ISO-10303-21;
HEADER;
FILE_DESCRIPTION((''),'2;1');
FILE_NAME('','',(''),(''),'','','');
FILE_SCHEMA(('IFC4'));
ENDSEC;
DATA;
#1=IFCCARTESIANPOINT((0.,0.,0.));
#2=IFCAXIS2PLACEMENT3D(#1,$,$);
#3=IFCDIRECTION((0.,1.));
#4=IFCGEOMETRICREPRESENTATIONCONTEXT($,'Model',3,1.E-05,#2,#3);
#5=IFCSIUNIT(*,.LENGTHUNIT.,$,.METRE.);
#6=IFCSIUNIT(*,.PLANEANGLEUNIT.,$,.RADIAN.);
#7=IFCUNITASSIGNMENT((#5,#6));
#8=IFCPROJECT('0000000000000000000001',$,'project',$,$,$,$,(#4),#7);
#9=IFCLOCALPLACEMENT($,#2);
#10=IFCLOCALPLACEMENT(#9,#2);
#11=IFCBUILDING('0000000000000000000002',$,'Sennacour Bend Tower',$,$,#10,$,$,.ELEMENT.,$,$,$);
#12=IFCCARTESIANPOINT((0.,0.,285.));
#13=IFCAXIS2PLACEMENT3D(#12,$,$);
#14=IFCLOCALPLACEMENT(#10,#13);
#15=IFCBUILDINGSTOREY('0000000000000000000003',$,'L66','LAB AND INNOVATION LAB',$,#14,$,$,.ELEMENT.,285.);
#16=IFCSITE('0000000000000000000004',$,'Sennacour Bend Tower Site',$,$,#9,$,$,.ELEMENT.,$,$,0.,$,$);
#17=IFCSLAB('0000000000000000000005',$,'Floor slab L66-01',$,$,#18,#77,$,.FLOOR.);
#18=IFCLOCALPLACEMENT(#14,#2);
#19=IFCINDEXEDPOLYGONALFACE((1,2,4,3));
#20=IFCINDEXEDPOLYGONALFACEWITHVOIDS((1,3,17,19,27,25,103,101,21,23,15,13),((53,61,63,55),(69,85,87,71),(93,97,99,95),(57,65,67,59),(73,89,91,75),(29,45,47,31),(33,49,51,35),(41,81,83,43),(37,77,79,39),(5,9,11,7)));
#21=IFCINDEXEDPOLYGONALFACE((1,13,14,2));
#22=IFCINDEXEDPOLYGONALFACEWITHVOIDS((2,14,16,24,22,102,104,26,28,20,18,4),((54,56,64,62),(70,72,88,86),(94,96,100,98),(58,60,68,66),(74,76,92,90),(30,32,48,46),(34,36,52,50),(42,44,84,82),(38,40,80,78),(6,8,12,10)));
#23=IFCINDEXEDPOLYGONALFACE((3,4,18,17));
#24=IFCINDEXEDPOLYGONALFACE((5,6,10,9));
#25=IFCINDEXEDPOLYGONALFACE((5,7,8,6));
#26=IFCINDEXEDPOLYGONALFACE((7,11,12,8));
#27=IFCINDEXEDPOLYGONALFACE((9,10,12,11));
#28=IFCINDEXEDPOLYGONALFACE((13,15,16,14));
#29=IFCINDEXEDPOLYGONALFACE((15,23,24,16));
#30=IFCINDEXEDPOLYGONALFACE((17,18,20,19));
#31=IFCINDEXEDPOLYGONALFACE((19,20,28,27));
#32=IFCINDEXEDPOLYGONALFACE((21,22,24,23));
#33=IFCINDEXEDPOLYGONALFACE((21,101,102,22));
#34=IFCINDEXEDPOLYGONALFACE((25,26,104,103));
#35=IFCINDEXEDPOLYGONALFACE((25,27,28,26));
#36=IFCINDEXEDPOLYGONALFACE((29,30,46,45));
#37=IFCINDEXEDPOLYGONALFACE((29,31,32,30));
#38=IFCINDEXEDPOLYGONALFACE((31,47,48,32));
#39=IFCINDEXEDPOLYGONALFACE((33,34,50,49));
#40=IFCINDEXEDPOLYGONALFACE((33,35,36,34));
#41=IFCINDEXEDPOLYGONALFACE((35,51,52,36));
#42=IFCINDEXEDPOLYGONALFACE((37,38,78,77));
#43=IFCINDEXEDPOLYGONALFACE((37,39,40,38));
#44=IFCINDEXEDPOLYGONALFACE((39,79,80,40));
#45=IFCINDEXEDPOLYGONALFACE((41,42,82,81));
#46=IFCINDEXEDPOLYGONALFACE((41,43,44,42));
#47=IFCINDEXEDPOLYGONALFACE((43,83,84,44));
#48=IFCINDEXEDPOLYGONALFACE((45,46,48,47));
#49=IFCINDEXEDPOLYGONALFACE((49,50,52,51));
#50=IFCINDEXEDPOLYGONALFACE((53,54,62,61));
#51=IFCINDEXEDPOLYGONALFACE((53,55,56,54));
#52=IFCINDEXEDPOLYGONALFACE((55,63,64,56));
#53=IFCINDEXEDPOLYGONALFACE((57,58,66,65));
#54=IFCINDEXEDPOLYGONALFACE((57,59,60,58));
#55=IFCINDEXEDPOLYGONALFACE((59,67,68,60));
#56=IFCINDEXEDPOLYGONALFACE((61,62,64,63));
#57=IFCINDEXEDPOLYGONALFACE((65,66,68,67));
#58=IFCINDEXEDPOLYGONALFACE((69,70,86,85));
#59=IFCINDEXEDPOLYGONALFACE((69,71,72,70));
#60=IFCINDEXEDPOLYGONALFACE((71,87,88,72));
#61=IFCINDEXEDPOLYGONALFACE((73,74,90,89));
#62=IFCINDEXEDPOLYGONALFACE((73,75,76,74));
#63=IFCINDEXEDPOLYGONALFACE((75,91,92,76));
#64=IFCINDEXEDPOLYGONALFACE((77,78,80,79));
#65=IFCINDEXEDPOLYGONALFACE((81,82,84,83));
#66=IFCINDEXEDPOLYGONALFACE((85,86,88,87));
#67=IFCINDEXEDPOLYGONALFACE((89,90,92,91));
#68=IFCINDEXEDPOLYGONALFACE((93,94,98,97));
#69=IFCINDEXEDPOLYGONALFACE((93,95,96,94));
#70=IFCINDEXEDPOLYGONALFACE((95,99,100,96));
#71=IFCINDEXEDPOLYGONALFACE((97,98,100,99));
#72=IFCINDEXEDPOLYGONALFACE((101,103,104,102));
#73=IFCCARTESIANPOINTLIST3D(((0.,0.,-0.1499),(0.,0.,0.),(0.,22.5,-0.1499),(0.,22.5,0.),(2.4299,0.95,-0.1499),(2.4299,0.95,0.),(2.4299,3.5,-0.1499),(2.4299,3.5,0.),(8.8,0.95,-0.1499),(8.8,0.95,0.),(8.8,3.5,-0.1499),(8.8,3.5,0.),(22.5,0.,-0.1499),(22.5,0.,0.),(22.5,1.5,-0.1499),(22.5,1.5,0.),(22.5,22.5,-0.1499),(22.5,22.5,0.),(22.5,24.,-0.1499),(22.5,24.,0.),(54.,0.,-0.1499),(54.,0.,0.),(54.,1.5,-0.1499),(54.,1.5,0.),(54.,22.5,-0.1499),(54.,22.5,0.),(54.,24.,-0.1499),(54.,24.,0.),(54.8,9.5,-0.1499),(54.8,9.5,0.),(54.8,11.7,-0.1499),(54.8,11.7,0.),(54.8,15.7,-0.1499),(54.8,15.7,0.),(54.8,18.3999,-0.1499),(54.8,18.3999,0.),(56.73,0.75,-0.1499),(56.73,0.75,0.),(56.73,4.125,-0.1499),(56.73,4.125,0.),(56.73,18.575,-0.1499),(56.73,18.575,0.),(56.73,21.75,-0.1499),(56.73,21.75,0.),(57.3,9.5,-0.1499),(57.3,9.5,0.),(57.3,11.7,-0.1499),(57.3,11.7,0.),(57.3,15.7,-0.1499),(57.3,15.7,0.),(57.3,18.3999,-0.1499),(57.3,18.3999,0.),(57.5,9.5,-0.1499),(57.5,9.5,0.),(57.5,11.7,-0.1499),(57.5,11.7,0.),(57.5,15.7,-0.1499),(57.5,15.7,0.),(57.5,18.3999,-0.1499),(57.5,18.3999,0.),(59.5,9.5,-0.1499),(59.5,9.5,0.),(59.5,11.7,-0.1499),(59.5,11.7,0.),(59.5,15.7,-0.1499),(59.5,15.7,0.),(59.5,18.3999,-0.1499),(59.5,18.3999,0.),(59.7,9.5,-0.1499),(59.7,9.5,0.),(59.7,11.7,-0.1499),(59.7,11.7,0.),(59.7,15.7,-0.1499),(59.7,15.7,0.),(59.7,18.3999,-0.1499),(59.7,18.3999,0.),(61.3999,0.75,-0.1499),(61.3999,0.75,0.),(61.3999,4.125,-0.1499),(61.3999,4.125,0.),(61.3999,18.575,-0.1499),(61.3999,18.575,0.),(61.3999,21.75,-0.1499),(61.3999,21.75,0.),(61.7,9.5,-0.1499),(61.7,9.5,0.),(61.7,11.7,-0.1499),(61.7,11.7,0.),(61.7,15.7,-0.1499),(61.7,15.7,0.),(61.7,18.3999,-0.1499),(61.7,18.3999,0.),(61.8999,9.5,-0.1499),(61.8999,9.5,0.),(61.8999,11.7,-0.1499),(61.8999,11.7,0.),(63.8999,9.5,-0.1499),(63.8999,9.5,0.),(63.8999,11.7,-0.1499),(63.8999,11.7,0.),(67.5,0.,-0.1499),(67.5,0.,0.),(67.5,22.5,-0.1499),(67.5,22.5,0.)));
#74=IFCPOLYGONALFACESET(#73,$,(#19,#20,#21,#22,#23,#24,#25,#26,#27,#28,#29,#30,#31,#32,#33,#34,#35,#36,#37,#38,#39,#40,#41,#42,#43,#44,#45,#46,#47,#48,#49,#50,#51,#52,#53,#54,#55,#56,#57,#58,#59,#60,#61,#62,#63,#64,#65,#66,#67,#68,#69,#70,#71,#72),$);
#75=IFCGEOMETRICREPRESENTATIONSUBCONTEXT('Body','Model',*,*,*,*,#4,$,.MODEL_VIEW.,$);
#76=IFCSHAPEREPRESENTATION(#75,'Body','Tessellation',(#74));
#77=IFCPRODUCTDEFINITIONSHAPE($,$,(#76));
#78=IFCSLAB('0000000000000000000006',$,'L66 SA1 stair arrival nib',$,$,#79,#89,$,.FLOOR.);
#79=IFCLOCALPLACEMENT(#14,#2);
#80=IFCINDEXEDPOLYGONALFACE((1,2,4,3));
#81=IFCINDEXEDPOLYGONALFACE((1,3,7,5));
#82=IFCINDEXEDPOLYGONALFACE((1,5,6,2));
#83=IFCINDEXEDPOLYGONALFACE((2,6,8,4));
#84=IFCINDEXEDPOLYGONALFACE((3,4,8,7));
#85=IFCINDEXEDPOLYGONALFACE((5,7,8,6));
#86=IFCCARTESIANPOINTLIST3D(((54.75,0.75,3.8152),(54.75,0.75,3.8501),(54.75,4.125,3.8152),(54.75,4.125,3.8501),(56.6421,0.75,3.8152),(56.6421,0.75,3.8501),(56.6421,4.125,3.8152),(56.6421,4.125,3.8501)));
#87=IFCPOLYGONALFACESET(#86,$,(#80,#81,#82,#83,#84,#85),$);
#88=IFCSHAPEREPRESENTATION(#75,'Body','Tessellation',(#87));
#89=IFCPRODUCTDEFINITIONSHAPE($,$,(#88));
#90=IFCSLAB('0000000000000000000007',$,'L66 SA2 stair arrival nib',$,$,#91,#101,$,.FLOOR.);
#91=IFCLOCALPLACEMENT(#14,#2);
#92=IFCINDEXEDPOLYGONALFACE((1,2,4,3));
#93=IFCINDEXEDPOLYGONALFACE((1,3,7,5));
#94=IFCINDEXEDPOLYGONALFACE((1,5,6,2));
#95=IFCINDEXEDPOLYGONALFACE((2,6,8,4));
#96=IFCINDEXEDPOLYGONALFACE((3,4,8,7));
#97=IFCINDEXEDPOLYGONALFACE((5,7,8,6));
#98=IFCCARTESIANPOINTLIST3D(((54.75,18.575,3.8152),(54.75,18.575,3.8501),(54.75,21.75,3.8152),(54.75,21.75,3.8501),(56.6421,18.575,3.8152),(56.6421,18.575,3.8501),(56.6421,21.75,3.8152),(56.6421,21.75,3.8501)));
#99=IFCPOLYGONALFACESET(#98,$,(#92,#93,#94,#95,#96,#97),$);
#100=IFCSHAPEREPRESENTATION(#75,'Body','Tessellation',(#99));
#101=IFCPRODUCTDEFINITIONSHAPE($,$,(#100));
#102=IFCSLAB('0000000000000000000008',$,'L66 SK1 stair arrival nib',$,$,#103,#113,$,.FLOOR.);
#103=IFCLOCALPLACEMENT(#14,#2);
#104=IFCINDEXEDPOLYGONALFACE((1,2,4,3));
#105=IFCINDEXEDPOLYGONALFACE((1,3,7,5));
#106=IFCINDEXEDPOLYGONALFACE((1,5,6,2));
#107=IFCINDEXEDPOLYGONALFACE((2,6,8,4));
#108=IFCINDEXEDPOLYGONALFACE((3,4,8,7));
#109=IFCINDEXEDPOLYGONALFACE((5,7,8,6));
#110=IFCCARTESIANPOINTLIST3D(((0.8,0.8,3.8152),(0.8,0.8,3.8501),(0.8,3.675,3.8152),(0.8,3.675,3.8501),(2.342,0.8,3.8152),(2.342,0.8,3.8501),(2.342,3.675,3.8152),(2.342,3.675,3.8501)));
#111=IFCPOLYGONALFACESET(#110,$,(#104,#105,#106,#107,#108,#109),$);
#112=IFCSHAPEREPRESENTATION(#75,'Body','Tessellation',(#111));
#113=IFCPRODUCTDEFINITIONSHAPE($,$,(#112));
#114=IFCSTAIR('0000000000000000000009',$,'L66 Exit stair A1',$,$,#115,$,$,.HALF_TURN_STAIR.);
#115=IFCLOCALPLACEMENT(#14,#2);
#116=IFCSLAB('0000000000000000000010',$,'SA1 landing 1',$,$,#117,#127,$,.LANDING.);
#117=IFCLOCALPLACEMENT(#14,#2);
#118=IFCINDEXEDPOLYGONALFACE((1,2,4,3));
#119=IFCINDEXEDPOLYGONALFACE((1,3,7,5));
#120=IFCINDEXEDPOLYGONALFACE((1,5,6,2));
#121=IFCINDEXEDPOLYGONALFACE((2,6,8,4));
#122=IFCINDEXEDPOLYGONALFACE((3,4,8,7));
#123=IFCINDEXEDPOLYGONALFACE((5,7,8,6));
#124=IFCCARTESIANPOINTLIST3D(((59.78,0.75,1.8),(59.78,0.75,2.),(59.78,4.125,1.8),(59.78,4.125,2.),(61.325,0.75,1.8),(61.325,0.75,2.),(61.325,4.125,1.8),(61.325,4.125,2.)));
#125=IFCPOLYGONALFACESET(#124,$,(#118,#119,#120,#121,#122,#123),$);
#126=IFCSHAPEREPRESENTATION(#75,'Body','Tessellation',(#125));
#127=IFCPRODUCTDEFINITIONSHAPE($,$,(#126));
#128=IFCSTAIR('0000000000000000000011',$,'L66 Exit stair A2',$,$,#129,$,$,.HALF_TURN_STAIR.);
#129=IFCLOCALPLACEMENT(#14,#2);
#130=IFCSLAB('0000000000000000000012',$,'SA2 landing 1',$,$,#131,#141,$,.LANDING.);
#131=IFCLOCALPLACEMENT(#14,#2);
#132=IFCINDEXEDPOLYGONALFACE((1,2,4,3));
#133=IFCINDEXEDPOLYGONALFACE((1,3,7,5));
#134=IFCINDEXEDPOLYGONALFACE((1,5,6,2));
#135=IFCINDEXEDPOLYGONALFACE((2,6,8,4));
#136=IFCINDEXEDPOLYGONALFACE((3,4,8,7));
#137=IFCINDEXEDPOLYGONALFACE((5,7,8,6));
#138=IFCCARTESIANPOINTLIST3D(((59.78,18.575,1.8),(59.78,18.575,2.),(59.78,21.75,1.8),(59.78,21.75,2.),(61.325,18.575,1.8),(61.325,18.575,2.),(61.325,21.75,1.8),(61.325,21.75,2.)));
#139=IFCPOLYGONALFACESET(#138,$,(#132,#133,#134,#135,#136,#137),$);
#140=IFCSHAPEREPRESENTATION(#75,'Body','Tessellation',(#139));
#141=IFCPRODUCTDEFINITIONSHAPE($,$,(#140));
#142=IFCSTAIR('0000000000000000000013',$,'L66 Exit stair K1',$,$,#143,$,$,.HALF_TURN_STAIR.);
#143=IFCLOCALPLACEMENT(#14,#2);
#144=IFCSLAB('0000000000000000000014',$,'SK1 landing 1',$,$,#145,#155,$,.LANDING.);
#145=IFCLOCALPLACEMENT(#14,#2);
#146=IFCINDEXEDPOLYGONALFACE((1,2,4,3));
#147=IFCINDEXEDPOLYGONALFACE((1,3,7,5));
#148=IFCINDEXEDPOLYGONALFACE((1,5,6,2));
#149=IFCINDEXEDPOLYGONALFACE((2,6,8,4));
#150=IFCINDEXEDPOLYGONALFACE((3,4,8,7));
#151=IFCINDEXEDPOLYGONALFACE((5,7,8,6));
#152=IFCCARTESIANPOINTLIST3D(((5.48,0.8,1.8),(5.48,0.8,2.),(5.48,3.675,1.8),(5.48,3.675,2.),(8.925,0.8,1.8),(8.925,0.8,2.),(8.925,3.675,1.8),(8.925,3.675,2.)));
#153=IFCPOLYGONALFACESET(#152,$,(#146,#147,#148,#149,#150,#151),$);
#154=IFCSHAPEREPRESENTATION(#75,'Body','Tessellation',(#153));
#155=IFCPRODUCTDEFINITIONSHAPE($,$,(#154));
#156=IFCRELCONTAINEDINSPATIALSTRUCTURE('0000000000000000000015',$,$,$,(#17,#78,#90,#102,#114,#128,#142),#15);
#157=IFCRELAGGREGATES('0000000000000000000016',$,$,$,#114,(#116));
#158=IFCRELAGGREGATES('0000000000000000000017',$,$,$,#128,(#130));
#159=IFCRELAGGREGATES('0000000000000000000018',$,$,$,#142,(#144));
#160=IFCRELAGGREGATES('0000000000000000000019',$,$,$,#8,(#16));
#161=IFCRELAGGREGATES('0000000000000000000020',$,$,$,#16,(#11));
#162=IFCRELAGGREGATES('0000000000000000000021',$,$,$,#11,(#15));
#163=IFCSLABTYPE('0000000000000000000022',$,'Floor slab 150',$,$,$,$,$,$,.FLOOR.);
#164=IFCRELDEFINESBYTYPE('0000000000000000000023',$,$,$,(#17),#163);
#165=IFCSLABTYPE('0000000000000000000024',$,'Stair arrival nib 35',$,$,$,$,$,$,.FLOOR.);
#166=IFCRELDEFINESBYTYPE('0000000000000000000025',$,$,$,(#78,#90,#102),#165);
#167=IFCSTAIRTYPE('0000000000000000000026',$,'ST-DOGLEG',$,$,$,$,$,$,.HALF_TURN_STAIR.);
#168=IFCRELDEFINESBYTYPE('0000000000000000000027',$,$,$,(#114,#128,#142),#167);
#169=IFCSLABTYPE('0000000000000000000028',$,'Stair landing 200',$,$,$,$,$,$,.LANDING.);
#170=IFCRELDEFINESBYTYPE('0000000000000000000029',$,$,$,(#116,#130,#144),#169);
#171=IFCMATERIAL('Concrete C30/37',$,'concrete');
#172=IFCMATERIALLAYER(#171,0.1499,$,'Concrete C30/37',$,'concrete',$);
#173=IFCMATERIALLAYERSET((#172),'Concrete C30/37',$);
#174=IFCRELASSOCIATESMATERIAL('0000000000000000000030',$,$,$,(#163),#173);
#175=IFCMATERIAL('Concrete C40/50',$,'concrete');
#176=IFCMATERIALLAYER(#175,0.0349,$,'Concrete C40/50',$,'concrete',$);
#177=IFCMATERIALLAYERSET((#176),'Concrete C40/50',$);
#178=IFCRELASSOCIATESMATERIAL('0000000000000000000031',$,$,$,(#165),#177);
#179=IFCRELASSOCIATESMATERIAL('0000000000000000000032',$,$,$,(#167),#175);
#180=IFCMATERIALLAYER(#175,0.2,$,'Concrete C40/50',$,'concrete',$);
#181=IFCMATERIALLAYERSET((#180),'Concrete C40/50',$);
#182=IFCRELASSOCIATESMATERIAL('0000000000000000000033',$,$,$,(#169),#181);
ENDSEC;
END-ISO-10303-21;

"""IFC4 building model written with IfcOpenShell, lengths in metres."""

from ifc_helpers import new_model, si_unit, direction, frame, origin, place, context, subcontext, project, spatial, polyline, outline, extrude, material, layer, layer_set, type_object, element, aggregate, save


model = new_model("IFC4")

# Units and contexts
model_context = context("Model", 3, precision=1e-05, world=origin(), true_north=direction((0.0, 1.0)))
body_context = subcontext(model_context, "Body", "Model", "MODEL_VIEW")
ifc_project = project(units=[si_unit("LENGTHUNIT", "METRE"), si_unit("PLANEANGLEUNIT", "RADIAN")], contexts=[model_context])

# Site, building, storey
site_placement = place(None, origin())
site = spatial("IfcSite", under=ifc_project, at=site_placement, Name="Sennacour Bend Tower Site", CompositionType="ELEMENT", RefElevation=0.0)
building_placement = place(site_placement, origin())
building = spatial("IfcBuilding", under=site, at=building_placement, Name="Sennacour Bend Tower", CompositionType="ELEMENT")
storey_placement = place(building_placement, frame((0.0, 0.0, 285.0)))
storey = spatial("IfcBuildingStorey", under=building, at=storey_placement, Name="L66", Description="LAB AND INNOVATION LAB", CompositionType="ELEMENT", Elevation=285.0)

# Slabs
ifc_material_1 = material(Name="Concrete C30/37", Category="concrete")
ifc_layer_1 = layer(ifc_material_1, 0.1499, Name="Concrete C30/37", Category="concrete")
ifc_layer_set_1 = layer_set([ifc_layer_1], Name="Concrete C30/37")
slab_type_1 = type_object("IfcSlabType", Name="Floor slab 150", PredefinedType="FLOOR", material=ifc_layer_set_1)
slab_1_placement = place(storey_placement, frame((0.0, 0.0, -0.1499)))
element("IfcSlab", 1, at=slab_1_placement, inside=storey, type_object=slab_type_1, Name="Floor slab L66-01", PredefinedType="FLOOR", context=body_context, shape_type="SweptSolid", body=[
    extrude(outline(polyline([(0.0, 0.0), (0.0, 22.5), (22.5, 22.5), (22.5, 24.0), (54.0, 24.0), (54.0, 22.5), (67.5, 22.5), (67.5, 0.0), (54.0, 0.0), (54.0, 1.5), (22.5, 1.5), (22.5, 0.0), (0.0, 0.0)]), holes=[polyline([(8.8, 3.5), (2.4299, 3.5), (2.4299, 0.95), (8.8, 0.95), (8.8, 3.5)]), polyline([(61.3999, 4.125), (56.73, 4.125), (56.73, 0.75), (61.3999, 0.75), (61.3999, 4.125)]), polyline([(57.3, 11.7), (54.8, 11.7), (54.8, 9.5), (57.3, 9.5), (57.3, 11.7)]), polyline([(59.5, 9.5), (59.5, 11.7), (57.5, 11.7), (57.5, 9.5), (59.5, 9.5)]), polyline([(61.7, 9.5), (61.7, 11.7), (59.7, 11.7), (59.7, 9.5), (61.7, 9.5)]), polyline([(63.8999, 11.7), (61.8999, 11.7), (61.8999, 9.5), (63.8999, 9.5), (63.8999, 11.7)]), polyline([(57.3, 18.3999), (54.8, 18.3999), (54.8, 15.7), (57.3, 15.7), (57.3, 18.3999)]), polyline([(59.5, 18.3999), (57.5, 18.3999), (57.5, 15.7), (59.5, 15.7), (59.5, 18.3999)]), polyline([(61.7, 15.7), (61.7, 18.3999), (59.7, 18.3999), (59.7, 15.7), (61.7, 15.7)]), polyline([(61.3999, 18.575), (61.3999, 21.75), (56.73, 21.75), (56.73, 18.575), (61.3999, 18.575)])]), origin(), (0.0, 0.0, 1.0), 0.1499),
])
ifc_material_2 = material(Name="Concrete C40/50", Category="concrete")
ifc_layer_2 = layer(ifc_material_2, 0.0349, Name="Concrete C40/50", Category="concrete")
ifc_layer_set_2 = layer_set([ifc_layer_2], Name="Concrete C40/50")
slab_type_2 = type_object("IfcSlabType", Name="Stair arrival nib 35", PredefinedType="FLOOR", material=ifc_layer_set_2)
slab_2_placement = place(storey_placement, frame((0.0, 0.0, 3.8152)))
element("IfcSlab", 2, at=slab_2_placement, inside=storey, type_object=slab_type_2, Name="L66 SA1 stair arrival nib", PredefinedType="FLOOR", context=body_context, shape_type="SweptSolid", body=[
    extrude(outline(polyline([(56.6421, 4.125), (54.75, 4.125), (54.75, 0.75), (56.6421, 0.75), (56.6421, 4.125)])), origin(), (0.0, 0.0, 1.0), 0.0349),
])
slab_3_placement = place(storey_placement, frame((0.0, 0.0, 3.8152)))
element("IfcSlab", 3, at=slab_3_placement, inside=storey, type_object=slab_type_2, Name="L66 SA2 stair arrival nib", PredefinedType="FLOOR", context=body_context, shape_type="SweptSolid", body=[
    extrude(outline(polyline([(56.6421, 21.75), (54.75, 21.75), (54.75, 18.575), (56.6421, 18.575), (56.6421, 21.75)])), origin(), (0.0, 0.0, 1.0), 0.0349),
])
slab_4_placement = place(storey_placement, frame((0.0, 0.0, 3.8152)))
element("IfcSlab", 4, at=slab_4_placement, inside=storey, type_object=slab_type_2, Name="L66 SK1 stair arrival nib", PredefinedType="FLOOR", context=body_context, shape_type="SweptSolid", body=[
    extrude(outline(polyline([(2.342, 3.675), (0.8, 3.675), (0.8, 0.8), (2.342, 0.8), (2.342, 3.675)])), origin(), (0.0, 0.0, 1.0), 0.0349),
])

# Stairs, slabs
stair_type = type_object("IfcStairType", Name="ST-DOGLEG", PredefinedType="HALF_TURN_STAIR", material=ifc_material_2)
stair_1_placement = place(storey_placement, origin())
stair_1 = element("IfcStair", 5, at=stair_1_placement, inside=storey, type_object=stair_type, Name="L66 Exit stair A1", PredefinedType="HALF_TURN_STAIR")
ifc_layer_3 = layer(ifc_material_2, 0.2, Name="Concrete C40/50", Category="concrete")
ifc_layer_set_3 = layer_set([ifc_layer_3], Name="Concrete C40/50")
slab_type_3 = type_object("IfcSlabType", Name="Stair landing 200", PredefinedType="LANDING", material=ifc_layer_set_3)
slab_5_placement = place(storey_placement, frame((0.0, 0.0, 1.8)))
slab_5 = element("IfcSlab", 6, at=slab_5_placement, type_object=slab_type_3, Name="SA1 landing 1", PredefinedType="LANDING", context=body_context, shape_type="SweptSolid", body=[
    extrude(outline(polyline([(59.78, 0.75), (61.325, 0.75), (61.325, 4.125), (59.78, 4.125), (59.78, 0.75)])), origin(), (0.0, 0.0, 1.0), 0.2),
])
aggregate(stair_1, [slab_5])
stair_2_placement = place(storey_placement, origin())
stair_2 = element("IfcStair", 7, at=stair_2_placement, inside=storey, type_object=stair_type, Name="L66 Exit stair A2", PredefinedType="HALF_TURN_STAIR")
slab_6_placement = place(storey_placement, frame((0.0, 0.0, 1.8)))
slab_6 = element("IfcSlab", 8, at=slab_6_placement, type_object=slab_type_3, Name="SA2 landing 1", PredefinedType="LANDING", context=body_context, shape_type="SweptSolid", body=[
    extrude(outline(polyline([(59.78, 18.575), (61.325, 18.575), (61.325, 21.75), (59.78, 21.75), (59.78, 18.575)])), origin(), (0.0, 0.0, 1.0), 0.2),
])
aggregate(stair_2, [slab_6])
stair_3_placement = place(storey_placement, origin())
stair_3 = element("IfcStair", 9, at=stair_3_placement, inside=storey, type_object=stair_type, Name="L66 Exit stair K1", PredefinedType="HALF_TURN_STAIR")
slab_7_placement = place(storey_placement, frame((0.0, 0.0, 1.8)))
slab_7 = element("IfcSlab", 10, at=slab_7_placement, type_object=slab_type_3, Name="SK1 landing 1", PredefinedType="LANDING", context=body_context, shape_type="SweptSolid", body=[
    extrude(outline(polyline([(5.48, 0.8), (8.925, 0.8), (8.925, 3.675), (5.48, 3.675), (5.48, 0.8)])), origin(), (0.0, 0.0, 1.0), 0.2),
])

aggregate(stair_3, [slab_7])

save(model, "model.ifc")
